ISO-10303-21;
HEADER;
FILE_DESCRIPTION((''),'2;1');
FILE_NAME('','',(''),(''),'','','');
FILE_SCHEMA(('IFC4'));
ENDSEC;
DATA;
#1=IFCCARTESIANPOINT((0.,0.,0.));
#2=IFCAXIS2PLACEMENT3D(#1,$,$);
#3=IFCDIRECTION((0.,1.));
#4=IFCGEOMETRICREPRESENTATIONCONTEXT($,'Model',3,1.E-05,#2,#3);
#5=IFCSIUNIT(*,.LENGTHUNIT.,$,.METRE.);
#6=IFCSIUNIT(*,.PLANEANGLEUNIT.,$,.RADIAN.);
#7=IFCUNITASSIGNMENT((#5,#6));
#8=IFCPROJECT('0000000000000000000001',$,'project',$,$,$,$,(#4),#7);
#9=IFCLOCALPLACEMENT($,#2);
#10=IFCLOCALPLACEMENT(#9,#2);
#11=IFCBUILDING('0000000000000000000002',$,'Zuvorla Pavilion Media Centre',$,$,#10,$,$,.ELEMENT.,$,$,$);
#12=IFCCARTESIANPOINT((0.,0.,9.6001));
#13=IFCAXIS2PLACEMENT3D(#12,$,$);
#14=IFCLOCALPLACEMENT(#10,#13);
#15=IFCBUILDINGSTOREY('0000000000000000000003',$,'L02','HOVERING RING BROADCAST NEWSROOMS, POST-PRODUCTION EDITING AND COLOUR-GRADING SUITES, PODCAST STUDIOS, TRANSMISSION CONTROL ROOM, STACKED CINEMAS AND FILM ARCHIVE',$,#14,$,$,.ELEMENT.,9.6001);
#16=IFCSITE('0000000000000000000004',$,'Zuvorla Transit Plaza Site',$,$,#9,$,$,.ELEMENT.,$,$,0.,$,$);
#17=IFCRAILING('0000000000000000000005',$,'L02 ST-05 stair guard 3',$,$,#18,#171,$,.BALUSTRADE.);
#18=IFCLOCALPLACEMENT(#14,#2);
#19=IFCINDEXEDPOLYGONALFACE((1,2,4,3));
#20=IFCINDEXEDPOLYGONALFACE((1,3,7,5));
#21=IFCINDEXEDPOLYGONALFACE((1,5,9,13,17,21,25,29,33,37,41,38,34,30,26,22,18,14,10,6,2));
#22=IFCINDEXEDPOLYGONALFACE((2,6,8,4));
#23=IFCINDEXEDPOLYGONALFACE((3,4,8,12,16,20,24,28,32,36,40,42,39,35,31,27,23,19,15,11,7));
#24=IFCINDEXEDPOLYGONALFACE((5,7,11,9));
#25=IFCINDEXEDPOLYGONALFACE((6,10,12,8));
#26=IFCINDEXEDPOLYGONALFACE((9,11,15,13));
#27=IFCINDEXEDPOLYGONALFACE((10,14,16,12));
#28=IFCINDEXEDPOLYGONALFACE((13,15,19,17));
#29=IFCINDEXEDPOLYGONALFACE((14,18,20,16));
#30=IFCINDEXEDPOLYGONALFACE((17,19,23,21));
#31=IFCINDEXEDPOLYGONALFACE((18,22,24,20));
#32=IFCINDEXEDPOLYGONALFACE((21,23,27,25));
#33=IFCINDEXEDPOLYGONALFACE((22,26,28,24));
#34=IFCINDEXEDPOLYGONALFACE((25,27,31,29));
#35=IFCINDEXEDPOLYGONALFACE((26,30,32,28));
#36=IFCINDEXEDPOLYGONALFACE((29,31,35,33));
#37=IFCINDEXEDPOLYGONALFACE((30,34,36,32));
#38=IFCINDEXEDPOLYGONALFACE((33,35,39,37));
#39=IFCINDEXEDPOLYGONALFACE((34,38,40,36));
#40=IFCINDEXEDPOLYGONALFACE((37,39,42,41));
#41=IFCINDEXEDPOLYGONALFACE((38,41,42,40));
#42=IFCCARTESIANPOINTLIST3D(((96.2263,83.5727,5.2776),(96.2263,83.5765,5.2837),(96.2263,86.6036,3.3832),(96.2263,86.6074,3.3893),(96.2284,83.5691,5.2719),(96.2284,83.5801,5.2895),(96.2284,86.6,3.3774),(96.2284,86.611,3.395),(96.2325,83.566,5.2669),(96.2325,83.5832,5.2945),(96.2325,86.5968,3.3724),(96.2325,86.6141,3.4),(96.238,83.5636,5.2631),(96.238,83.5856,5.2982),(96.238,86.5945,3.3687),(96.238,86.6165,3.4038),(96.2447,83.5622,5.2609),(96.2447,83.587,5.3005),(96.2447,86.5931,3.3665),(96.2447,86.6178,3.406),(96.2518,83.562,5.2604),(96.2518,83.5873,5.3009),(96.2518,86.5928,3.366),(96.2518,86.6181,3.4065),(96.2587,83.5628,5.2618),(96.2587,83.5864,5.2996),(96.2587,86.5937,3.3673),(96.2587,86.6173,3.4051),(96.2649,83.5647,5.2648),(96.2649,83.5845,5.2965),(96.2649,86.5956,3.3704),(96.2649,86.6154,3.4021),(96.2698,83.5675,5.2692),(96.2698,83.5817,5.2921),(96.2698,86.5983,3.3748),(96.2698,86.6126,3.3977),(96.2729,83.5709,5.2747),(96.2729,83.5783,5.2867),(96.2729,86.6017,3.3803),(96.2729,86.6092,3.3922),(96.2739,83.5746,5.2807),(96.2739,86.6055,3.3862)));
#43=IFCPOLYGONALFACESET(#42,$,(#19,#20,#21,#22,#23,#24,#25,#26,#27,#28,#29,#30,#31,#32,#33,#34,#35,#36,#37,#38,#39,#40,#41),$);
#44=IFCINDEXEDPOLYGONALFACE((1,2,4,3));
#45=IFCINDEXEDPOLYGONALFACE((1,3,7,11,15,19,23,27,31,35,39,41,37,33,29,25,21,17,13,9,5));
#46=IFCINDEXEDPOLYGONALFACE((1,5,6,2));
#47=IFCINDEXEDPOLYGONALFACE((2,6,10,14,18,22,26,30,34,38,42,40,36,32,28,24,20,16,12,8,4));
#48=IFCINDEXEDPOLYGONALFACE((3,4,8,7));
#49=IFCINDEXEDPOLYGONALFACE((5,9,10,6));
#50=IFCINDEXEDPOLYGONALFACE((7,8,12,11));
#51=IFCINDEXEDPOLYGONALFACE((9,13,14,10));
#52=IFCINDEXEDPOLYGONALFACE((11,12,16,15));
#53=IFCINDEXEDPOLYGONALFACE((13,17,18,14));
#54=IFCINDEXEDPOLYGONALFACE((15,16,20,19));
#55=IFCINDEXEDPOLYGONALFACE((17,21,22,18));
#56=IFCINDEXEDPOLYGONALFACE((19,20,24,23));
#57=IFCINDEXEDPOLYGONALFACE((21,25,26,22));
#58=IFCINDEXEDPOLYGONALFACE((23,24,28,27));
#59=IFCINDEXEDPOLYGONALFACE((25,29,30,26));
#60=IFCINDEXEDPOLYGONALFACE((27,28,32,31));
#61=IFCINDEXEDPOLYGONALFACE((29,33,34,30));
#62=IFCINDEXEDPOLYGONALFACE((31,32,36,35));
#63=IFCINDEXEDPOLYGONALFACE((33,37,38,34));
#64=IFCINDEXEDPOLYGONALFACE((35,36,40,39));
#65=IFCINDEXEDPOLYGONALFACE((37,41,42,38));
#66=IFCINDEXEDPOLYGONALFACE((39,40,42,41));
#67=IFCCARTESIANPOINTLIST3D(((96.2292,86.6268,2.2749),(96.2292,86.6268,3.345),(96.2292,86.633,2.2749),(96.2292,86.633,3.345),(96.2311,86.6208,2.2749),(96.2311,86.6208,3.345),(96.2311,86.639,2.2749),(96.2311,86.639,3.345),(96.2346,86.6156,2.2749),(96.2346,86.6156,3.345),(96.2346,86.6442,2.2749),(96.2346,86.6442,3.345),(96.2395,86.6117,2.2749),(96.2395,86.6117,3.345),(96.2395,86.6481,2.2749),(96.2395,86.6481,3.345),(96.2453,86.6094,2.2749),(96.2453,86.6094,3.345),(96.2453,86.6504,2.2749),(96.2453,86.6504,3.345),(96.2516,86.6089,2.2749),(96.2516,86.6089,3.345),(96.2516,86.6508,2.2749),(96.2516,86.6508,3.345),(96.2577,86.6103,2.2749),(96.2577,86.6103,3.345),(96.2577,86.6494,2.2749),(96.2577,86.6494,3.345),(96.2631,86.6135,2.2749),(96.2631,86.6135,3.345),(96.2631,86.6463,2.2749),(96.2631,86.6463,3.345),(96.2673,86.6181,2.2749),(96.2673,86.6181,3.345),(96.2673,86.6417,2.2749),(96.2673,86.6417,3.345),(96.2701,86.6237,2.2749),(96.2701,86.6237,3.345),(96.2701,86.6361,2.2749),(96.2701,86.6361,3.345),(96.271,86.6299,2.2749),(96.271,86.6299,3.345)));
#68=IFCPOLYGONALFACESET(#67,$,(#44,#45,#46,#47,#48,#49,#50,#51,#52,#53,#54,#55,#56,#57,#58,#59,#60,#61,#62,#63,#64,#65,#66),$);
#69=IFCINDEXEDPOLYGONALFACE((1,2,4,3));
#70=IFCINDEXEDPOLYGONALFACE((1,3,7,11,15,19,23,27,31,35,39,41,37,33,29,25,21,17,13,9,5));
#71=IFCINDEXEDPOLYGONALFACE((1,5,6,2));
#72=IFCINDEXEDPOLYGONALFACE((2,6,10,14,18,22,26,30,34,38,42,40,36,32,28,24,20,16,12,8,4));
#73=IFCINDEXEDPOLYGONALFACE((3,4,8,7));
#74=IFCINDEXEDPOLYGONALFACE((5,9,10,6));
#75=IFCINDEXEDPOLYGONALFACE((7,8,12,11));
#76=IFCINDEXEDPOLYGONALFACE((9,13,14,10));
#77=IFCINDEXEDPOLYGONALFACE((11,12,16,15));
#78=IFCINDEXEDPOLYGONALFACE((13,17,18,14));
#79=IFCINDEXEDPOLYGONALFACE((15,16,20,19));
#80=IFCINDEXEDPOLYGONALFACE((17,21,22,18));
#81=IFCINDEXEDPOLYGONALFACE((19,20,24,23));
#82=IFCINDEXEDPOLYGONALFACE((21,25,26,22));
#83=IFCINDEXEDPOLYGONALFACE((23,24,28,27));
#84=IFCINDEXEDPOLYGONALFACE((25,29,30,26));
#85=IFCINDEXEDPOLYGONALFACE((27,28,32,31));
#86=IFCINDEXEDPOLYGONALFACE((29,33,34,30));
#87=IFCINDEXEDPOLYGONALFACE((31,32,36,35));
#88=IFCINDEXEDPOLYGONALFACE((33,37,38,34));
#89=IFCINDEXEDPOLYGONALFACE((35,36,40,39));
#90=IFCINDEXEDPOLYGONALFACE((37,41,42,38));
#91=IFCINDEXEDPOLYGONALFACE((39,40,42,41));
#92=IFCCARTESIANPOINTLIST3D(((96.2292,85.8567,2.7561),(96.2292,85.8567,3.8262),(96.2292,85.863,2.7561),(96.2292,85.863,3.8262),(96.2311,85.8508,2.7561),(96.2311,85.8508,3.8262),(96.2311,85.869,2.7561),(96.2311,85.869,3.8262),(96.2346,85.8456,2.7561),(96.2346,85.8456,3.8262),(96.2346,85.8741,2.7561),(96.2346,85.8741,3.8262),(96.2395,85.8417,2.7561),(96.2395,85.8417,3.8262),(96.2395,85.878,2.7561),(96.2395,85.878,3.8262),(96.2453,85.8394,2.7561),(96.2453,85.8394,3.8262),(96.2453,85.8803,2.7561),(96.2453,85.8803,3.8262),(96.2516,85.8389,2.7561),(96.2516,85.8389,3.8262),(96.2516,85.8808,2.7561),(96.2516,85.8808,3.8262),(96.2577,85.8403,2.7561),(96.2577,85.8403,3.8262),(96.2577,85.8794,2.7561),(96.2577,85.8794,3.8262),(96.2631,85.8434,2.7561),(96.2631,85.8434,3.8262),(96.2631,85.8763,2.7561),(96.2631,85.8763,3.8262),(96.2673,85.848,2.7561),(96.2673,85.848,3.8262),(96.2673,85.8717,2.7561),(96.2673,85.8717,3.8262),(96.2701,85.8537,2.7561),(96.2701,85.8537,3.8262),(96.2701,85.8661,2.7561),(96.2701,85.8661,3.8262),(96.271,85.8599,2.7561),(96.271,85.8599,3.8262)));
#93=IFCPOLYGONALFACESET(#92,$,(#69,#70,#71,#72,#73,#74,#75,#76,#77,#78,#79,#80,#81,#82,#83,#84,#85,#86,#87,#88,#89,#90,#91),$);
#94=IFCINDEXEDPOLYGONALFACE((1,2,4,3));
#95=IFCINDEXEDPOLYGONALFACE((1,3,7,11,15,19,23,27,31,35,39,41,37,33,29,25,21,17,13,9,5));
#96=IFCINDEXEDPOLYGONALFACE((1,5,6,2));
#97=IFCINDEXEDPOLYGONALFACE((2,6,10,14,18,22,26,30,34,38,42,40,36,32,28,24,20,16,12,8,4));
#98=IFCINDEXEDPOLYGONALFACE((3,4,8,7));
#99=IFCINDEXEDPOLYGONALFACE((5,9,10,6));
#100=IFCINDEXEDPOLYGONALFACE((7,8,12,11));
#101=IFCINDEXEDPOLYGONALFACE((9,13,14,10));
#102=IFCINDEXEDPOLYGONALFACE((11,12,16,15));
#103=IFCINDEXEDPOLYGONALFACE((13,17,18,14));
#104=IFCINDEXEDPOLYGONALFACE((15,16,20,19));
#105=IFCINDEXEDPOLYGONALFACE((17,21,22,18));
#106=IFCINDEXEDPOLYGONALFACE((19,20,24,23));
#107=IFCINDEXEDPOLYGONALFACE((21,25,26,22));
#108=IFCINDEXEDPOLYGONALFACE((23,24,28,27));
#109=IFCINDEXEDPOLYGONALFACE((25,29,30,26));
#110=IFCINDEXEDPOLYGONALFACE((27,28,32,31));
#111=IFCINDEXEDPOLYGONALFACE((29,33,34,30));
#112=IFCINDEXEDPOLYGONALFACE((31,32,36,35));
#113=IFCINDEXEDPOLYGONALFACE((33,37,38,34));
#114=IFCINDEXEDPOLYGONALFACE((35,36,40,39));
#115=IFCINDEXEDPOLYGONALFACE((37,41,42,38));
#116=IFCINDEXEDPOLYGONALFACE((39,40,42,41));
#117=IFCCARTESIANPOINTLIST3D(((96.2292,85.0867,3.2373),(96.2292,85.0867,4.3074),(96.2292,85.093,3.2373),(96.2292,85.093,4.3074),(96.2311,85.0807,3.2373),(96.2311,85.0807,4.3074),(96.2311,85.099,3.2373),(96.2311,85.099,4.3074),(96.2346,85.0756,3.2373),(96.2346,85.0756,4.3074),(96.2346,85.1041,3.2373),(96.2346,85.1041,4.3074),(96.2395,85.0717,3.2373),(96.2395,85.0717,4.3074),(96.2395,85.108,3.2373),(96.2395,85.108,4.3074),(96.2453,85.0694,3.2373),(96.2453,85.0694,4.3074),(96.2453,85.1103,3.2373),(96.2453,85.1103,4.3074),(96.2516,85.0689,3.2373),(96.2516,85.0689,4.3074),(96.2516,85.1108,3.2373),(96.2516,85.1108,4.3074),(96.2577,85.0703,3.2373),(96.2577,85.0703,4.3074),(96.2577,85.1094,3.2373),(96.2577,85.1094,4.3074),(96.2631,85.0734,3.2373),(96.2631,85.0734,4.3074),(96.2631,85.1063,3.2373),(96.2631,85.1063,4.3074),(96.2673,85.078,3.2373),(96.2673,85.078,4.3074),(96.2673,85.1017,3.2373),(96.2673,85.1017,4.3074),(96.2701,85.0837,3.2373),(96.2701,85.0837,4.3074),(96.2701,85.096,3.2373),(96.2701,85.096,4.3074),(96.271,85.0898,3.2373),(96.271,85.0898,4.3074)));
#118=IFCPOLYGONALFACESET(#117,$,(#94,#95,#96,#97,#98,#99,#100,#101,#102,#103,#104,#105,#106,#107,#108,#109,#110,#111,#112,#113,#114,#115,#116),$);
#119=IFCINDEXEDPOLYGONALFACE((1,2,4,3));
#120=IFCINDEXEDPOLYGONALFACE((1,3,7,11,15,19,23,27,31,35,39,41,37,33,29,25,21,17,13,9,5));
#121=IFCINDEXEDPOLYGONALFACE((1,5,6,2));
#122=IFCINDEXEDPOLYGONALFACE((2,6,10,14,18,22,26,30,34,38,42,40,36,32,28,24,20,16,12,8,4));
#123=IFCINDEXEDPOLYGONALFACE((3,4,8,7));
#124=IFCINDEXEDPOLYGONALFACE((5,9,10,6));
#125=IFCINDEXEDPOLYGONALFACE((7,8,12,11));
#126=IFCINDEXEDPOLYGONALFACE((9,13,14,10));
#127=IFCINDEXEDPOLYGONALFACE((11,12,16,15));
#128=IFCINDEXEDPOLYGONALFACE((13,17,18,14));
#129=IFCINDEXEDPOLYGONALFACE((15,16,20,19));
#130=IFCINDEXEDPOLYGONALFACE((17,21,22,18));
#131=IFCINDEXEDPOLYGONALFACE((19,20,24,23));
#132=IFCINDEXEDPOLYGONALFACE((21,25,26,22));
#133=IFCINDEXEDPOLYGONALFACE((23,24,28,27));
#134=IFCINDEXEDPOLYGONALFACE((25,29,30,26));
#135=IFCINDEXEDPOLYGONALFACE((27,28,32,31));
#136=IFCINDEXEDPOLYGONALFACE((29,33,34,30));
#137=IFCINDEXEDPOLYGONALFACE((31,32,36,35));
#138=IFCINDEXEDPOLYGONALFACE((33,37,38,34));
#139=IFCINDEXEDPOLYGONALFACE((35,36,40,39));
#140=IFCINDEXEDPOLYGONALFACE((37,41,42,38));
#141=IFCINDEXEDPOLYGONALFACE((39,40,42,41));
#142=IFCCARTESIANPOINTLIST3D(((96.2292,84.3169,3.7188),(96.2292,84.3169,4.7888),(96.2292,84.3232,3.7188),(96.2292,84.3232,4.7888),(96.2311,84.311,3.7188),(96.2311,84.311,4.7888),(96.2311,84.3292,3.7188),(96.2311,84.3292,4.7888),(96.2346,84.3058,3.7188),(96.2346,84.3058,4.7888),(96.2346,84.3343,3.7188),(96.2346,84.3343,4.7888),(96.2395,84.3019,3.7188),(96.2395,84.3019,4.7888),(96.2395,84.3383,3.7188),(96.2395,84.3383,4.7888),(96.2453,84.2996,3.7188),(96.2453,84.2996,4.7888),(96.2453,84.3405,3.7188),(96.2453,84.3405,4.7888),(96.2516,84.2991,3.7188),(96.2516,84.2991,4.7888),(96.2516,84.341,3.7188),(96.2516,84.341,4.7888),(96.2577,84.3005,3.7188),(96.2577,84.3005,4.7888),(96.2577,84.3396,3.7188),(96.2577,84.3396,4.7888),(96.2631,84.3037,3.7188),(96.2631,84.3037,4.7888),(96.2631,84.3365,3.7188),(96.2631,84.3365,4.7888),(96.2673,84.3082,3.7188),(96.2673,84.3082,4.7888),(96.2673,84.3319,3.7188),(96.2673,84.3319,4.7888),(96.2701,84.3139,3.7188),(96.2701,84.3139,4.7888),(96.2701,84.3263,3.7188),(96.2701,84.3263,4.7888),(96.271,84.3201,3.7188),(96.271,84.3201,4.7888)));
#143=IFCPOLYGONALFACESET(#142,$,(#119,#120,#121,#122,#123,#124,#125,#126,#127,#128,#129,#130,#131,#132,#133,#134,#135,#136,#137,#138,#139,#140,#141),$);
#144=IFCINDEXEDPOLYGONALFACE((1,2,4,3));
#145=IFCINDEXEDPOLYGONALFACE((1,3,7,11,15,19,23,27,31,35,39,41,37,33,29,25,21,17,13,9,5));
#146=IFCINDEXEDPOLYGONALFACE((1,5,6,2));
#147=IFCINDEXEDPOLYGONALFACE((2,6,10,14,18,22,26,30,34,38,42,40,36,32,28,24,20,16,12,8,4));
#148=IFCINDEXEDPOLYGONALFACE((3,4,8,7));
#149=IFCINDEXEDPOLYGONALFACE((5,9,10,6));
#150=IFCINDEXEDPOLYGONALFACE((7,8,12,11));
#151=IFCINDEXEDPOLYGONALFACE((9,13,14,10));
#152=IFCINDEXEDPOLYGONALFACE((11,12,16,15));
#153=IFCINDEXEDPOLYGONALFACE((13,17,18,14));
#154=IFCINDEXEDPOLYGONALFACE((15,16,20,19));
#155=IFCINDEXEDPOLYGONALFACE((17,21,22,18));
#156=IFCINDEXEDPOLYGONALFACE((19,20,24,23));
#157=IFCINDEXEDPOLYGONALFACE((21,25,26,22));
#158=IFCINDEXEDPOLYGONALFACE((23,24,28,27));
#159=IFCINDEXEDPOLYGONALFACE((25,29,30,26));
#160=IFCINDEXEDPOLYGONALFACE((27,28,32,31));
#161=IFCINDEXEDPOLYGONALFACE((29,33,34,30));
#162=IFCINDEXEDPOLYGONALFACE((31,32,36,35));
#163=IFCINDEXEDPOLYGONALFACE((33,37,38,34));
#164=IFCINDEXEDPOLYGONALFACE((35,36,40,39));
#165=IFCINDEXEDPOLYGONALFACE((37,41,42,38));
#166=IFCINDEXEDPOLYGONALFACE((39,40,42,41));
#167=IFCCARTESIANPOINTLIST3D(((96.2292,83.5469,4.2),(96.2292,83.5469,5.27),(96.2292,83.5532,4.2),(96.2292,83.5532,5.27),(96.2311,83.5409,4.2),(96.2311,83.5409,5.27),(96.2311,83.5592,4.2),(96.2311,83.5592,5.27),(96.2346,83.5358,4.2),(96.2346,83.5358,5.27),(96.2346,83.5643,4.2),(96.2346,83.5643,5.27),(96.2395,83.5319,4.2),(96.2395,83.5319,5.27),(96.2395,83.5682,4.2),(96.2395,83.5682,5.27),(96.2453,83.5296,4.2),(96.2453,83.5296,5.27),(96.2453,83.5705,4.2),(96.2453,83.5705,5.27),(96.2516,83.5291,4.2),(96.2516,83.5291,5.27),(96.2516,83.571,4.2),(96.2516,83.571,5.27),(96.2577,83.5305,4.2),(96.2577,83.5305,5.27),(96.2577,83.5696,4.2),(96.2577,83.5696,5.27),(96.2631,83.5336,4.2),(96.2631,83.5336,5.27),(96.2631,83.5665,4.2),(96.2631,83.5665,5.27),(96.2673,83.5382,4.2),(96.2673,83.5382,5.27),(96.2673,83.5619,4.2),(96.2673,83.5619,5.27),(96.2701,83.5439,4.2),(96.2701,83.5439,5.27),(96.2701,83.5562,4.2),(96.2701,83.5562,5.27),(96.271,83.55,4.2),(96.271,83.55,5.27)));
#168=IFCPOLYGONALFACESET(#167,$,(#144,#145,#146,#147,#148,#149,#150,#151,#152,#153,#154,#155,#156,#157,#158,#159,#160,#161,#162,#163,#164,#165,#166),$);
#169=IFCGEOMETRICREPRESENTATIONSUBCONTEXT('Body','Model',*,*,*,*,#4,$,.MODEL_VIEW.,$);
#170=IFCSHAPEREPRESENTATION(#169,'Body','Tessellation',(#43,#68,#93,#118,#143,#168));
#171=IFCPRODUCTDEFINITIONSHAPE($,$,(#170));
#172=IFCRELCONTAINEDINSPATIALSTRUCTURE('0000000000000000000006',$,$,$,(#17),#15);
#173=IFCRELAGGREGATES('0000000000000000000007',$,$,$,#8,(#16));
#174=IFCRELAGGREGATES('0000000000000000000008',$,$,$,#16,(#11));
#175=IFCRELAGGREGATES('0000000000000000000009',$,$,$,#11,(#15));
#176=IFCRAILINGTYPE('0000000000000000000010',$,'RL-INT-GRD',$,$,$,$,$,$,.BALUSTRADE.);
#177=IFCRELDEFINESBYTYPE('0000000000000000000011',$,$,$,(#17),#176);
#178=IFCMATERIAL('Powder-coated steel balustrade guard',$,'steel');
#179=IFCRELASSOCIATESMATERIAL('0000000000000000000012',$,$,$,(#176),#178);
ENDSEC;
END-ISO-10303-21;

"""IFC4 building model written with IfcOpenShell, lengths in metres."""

from ifc_helpers import new_model, si_unit, direction, frame, origin, origin_2d, place, context, subcontext, project, spatial, circle, extrude, material, type_object, element, save


model = new_model("IFC4")

# Units and contexts
model_context = context("Model", 3, precision=1e-05, world=origin(), true_north=direction((0.0, 1.0)))
body_context = subcontext(model_context, "Body", "Model", "MODEL_VIEW")
ifc_project = project(units=[si_unit("LENGTHUNIT", "METRE"), si_unit("PLANEANGLEUNIT", "RADIAN")], contexts=[model_context])

# Site, building, storey
site_placement = place(None, origin())
site = spatial("IfcSite", under=ifc_project, at=site_placement, Name="Zuvorla Transit Plaza Site", CompositionType="ELEMENT", RefElevation=0.0)
building_placement = place(site_placement, origin())
building = spatial("IfcBuilding", under=site, at=building_placement, Name="Zuvorla Pavilion Media Centre", CompositionType="ELEMENT")
storey_placement = place(building_placement, frame((0.0, 0.0, 9.6001)))
storey = spatial("IfcBuildingStorey", under=building, at=storey_placement, Name="L02", Description="HOVERING RING BROADCAST NEWSROOMS, POST-PRODUCTION EDITING AND COLOUR-GRADING SUITES, PODCAST STUDIOS, TRANSMISSION CONTROL ROOM, STACKED CINEMAS AND FILM ARCHIVE", CompositionType="ELEMENT", Elevation=9.6001)

# Railing
ifc_material_1 = material(Name="Powder-coated steel balustrade guard", Category="steel")
railing_type_1 = type_object("IfcRailingType", Name="RL-INT-GRD", PredefinedType="BALUSTRADE", material=ifc_material_1)
railing_1_placement = place(storey_placement, frame((96.25, 86.6299, 2.2749)))
element("IfcRailing", 1, at=railing_1_placement, inside=storey, type_object=railing_type_1, Name="L02 ST-05 stair guard 3", PredefinedType="BALUSTRADE", context=body_context, shape_type="SweptSolid", body=[
    extrude(circle(Radius=0.0239, at=origin_2d()), frame((0.0, -0.0244, 1.1113), z_axis=(0.0, -0.847979, 0.530029), x_axis=(1.0, 0.0, 0.0)), (0.0, 0.0, 1.0), 3.5742),
    extrude(circle(Radius=0.021, at=origin_2d()), origin(), (0.0, 0.0, 1.0), 1.0701),
    extrude(circle(Radius=0.021, at=origin_2d()), frame((0.0, -0.77, 0.4812)), (0.0, 0.0, 1.0), 1.0701),
    extrude(circle(Radius=0.021, at=origin_2d()), frame((0.0, -1.54, 0.9624)), (0.0, 0.0, 1.0), 1.0701),
    extrude(circle(Radius=0.021, at=origin_2d()), frame((0.0, -2.3098, 1.4438)), (0.0, 0.0, 1.0), 1.0701),
    extrude(circle(Radius=0.021, at=origin_2d()), frame((0.0, -3.0798, 1.925)), (0.0, 0.0, 1.0), 1.0701),
])

save(model, "model.ifc")
